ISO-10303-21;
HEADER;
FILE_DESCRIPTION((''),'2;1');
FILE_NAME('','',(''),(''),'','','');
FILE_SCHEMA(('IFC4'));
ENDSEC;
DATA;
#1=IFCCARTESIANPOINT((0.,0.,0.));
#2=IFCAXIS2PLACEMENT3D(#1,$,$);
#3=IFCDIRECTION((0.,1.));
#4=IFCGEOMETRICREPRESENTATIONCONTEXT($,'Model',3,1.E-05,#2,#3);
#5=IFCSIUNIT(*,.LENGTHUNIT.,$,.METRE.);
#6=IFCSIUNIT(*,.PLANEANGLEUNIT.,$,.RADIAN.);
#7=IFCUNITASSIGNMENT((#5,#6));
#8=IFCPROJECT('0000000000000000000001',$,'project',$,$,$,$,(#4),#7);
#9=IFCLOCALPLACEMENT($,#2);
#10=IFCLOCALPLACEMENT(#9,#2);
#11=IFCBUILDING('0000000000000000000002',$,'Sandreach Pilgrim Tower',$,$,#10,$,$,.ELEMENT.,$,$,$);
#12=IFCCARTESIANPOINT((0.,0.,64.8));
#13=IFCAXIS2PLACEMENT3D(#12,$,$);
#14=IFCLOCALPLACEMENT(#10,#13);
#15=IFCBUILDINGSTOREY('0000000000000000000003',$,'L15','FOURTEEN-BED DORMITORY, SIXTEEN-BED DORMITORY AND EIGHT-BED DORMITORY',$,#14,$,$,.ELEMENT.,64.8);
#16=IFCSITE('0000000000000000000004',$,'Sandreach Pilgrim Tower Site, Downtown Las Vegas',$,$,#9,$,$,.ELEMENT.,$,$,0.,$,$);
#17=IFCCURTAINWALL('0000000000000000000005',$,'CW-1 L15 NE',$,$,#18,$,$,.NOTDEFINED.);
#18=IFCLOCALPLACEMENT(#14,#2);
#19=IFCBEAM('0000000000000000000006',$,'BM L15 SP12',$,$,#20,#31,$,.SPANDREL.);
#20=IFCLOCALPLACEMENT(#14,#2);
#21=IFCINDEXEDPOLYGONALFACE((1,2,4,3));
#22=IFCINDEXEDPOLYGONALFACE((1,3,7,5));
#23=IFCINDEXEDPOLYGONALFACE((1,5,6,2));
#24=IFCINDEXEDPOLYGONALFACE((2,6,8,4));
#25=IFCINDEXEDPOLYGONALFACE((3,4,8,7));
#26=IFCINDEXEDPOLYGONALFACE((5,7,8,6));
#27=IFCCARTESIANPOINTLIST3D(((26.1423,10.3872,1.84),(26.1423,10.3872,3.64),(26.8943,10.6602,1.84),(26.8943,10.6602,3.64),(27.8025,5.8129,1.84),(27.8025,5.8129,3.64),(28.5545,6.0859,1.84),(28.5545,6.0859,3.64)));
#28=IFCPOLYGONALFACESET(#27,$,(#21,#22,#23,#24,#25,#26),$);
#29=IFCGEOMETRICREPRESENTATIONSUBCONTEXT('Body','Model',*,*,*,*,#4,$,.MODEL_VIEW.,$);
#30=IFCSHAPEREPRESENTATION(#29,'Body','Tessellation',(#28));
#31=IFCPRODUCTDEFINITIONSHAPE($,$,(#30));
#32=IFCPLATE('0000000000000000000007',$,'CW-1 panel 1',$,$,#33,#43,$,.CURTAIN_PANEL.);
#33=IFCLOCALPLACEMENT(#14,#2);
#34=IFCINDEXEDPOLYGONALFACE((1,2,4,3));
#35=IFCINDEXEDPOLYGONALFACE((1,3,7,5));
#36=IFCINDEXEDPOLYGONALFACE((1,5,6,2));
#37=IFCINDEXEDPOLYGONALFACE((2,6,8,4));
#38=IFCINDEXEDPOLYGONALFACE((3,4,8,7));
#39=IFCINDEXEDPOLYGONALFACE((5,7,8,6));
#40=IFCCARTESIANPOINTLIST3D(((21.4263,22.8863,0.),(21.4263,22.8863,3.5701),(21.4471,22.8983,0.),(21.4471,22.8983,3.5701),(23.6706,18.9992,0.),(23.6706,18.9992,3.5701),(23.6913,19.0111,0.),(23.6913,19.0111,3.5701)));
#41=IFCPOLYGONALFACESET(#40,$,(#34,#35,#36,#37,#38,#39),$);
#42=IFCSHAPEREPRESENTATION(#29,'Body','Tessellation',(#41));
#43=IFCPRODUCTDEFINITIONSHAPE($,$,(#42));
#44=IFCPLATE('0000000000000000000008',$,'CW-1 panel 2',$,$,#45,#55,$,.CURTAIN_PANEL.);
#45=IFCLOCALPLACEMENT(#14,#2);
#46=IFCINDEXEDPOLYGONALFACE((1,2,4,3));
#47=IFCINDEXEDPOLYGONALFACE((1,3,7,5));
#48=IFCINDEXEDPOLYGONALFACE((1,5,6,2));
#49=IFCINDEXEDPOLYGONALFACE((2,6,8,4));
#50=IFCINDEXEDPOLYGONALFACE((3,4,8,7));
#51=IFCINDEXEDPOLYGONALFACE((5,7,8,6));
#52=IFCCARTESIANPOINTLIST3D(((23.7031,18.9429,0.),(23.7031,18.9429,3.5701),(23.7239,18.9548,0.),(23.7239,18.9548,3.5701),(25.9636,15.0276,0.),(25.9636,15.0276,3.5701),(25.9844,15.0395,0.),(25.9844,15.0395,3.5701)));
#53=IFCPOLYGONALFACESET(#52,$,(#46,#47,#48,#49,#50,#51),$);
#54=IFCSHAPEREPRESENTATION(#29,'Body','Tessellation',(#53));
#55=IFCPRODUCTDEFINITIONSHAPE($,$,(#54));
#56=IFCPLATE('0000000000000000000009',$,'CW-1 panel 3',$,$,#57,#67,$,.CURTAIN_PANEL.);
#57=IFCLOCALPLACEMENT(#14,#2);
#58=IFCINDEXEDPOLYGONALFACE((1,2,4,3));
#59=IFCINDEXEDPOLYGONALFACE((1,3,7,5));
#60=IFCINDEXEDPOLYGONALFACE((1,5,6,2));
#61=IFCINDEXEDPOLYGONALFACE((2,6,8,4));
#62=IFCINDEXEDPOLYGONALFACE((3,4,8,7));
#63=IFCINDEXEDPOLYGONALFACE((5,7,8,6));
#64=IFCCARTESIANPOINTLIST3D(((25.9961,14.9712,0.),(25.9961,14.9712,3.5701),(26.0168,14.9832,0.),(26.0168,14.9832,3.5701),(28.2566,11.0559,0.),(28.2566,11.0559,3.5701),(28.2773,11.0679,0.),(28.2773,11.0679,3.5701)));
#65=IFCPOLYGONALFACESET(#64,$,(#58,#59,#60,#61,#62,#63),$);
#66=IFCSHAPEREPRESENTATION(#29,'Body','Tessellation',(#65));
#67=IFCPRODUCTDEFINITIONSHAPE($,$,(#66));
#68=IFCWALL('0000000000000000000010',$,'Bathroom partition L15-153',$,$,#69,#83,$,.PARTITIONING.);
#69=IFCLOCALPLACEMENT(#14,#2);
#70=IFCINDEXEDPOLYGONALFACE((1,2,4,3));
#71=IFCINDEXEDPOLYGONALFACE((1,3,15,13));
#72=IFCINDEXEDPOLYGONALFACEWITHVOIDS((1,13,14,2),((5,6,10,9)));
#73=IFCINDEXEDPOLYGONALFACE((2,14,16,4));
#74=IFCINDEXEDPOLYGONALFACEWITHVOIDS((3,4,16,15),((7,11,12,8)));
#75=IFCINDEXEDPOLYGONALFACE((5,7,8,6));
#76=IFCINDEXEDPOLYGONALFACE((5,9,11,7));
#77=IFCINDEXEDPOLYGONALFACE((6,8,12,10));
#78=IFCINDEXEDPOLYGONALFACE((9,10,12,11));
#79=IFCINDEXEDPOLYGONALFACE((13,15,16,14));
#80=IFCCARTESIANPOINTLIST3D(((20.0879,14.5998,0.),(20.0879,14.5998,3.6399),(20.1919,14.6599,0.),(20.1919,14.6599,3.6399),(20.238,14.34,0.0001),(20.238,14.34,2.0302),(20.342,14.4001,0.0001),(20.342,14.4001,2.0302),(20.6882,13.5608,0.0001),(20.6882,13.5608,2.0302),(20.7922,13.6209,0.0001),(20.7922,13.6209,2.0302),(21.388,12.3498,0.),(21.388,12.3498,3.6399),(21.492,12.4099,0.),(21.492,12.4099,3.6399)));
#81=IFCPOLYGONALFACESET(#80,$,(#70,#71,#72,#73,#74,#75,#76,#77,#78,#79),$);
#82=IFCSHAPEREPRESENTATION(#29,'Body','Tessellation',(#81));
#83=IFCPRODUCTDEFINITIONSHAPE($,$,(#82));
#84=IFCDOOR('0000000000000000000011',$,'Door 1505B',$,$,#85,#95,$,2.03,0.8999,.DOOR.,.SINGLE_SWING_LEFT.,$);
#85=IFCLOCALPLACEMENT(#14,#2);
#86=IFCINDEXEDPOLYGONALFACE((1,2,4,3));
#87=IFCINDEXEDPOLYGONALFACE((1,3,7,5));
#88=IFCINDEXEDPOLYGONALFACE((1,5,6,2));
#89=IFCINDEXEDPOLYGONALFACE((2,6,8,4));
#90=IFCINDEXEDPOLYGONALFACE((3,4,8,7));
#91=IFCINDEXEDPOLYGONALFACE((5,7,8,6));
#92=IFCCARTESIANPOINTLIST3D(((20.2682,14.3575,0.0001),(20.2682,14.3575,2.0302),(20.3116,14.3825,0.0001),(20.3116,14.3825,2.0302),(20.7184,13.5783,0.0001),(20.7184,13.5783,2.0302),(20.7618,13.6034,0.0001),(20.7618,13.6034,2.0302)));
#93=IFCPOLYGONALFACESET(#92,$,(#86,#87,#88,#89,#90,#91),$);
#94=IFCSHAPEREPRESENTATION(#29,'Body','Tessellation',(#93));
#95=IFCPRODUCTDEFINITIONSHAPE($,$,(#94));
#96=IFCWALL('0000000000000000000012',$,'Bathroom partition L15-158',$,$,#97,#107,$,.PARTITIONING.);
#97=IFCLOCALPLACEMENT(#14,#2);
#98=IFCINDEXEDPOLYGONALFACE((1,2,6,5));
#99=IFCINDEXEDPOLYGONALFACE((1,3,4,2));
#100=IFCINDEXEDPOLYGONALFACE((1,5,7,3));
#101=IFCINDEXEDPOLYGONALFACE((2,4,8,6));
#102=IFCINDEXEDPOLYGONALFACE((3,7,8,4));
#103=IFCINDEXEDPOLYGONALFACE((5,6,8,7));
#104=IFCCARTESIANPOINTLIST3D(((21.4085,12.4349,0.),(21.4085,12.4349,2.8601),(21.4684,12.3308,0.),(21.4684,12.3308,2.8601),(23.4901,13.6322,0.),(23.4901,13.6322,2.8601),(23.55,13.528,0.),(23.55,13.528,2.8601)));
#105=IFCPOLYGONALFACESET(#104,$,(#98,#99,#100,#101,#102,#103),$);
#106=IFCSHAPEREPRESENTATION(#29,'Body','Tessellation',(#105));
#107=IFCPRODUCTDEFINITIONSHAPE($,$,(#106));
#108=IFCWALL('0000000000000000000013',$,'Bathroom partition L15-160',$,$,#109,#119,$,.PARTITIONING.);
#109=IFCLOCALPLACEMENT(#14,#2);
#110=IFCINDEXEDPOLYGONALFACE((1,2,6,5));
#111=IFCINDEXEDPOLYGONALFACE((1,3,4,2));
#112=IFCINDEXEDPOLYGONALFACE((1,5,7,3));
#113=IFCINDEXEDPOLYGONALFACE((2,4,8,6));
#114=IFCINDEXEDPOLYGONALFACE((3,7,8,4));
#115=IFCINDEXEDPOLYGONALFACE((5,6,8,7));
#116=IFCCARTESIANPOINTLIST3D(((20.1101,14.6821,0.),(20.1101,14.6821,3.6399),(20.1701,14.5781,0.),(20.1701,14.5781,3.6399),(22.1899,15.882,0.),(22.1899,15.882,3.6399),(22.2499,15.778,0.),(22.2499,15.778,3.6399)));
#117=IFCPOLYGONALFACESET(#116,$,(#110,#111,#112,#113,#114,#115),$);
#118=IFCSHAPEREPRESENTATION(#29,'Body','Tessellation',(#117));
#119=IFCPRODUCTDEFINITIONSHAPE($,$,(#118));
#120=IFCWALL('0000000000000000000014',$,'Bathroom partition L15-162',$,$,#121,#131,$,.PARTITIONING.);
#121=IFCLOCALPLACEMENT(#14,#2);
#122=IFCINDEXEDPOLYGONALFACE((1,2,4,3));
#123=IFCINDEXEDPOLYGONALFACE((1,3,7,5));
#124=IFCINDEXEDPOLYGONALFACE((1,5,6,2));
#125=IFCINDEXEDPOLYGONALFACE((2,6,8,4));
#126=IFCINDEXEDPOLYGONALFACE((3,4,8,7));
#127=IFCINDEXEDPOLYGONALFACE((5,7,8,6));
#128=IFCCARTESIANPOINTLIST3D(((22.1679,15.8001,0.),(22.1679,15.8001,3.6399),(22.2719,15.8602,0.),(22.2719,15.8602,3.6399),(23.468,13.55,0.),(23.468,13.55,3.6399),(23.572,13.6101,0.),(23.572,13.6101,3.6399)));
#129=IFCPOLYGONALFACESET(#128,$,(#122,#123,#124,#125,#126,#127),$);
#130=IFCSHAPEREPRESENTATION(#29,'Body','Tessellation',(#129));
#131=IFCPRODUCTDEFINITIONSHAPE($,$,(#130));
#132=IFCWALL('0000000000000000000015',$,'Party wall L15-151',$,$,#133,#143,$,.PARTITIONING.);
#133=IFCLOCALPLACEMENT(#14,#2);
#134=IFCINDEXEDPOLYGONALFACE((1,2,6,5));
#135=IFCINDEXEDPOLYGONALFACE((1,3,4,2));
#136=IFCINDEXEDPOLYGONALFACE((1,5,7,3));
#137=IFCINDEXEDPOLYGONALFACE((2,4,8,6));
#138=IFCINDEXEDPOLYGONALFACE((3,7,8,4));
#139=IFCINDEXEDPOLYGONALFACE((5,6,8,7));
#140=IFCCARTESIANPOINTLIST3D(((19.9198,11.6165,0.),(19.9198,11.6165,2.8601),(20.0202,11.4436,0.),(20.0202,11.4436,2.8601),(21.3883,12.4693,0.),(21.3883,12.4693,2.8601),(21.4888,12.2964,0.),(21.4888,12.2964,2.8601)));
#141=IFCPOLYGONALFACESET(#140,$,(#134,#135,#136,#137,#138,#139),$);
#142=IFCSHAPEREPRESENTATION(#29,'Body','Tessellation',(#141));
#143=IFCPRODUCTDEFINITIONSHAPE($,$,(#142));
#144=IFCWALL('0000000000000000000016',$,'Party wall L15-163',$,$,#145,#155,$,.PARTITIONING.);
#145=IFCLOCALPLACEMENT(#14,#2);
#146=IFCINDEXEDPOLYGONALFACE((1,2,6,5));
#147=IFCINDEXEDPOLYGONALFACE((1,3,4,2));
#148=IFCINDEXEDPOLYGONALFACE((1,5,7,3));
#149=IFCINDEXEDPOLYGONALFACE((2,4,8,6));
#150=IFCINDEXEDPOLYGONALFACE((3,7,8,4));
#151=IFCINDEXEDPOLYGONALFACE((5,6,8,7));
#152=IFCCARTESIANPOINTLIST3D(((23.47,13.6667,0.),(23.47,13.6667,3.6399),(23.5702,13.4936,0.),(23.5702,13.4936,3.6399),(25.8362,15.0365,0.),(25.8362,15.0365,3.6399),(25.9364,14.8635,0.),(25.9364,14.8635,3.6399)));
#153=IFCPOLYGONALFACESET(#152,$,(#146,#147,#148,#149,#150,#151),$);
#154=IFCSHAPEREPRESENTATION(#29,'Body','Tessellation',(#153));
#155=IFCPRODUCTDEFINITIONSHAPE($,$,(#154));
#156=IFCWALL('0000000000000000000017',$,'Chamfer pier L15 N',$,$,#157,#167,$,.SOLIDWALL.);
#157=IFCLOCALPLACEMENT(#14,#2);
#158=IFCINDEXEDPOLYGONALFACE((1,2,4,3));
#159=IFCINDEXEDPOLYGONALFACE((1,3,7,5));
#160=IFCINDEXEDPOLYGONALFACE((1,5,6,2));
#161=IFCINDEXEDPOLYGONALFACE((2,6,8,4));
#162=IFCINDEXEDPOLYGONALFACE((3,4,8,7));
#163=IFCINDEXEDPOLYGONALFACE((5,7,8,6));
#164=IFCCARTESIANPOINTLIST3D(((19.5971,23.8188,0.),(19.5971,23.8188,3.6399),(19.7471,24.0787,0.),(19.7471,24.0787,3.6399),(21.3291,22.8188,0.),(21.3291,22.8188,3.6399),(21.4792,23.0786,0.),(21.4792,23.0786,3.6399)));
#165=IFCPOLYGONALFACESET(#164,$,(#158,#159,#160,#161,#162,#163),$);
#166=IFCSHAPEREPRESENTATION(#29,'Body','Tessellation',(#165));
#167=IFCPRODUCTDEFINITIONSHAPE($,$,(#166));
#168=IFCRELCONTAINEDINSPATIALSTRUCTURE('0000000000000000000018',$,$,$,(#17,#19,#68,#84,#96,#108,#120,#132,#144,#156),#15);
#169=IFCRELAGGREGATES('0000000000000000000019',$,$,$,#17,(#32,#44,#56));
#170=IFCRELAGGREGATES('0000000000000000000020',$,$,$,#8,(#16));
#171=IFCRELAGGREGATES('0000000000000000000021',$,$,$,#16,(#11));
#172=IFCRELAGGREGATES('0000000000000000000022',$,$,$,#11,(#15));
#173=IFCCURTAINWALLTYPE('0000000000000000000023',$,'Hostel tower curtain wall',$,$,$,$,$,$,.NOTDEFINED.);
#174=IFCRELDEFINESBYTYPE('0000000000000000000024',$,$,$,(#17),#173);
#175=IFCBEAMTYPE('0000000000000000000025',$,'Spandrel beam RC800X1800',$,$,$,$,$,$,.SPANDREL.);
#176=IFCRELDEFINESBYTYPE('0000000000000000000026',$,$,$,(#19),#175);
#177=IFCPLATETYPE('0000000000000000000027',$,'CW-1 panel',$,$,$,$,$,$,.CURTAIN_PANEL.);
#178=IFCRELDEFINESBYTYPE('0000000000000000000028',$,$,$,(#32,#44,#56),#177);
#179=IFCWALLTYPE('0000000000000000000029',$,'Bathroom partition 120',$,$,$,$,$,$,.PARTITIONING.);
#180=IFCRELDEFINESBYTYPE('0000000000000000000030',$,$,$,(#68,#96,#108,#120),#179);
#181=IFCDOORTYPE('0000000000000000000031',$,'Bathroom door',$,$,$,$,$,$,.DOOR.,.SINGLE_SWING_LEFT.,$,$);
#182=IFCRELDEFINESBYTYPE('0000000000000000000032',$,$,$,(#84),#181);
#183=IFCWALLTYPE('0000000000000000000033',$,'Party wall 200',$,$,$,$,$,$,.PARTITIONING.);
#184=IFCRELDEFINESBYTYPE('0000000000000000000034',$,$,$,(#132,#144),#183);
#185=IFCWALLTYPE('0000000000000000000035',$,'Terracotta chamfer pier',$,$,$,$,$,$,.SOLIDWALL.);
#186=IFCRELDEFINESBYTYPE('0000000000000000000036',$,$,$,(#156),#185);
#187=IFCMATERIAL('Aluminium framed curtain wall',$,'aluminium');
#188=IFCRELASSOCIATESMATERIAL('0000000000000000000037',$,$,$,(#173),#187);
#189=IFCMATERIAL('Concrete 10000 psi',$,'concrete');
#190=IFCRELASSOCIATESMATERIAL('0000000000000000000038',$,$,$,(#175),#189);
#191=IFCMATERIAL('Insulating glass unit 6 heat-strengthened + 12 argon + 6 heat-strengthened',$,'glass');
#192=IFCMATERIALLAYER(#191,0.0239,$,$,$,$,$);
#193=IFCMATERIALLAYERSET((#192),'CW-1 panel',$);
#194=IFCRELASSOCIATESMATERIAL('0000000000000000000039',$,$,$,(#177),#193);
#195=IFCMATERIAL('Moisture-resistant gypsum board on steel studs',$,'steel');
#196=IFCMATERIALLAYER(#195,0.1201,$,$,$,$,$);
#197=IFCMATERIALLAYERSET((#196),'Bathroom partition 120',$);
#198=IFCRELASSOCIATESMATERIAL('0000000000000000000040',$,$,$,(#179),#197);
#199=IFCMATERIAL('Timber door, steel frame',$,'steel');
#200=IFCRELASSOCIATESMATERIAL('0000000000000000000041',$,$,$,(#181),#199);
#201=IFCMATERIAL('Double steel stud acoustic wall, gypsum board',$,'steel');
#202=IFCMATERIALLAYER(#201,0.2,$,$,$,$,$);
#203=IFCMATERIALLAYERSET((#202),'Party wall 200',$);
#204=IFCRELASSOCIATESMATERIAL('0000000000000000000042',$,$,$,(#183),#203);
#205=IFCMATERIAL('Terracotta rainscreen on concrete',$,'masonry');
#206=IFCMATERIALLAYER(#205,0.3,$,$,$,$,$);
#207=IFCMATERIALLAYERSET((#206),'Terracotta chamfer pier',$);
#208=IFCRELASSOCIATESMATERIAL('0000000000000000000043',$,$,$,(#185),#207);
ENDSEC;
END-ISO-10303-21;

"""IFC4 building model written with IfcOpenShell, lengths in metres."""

from ifc_helpers import new_model, si_unit, direction, frame, frame_2d, origin, origin_2d, place, context, subcontext, project, spatial, rectangle, extrude, material, layer, layer_set, material_profile, profile_set, type_object, element, fill, aggregate, save


model = new_model("IFC4")

# Units and contexts
model_context = context("Model", 3, precision=1e-05, world=origin(), true_north=direction((0.0, 1.0)))
body_context = subcontext(model_context, "Body", "Model", "MODEL_VIEW")
ifc_project = project(units=[si_unit("LENGTHUNIT", "METRE"), si_unit("PLANEANGLEUNIT", "RADIAN")], contexts=[model_context])

# Site, building, storey
site_placement = place(None, origin())
site = spatial("IfcSite", under=ifc_project, at=site_placement, Name="Sandreach Pilgrim Tower Site, Downtown Las Vegas", CompositionType="ELEMENT", RefElevation=0.0)
building_placement = place(site_placement, origin())
building = spatial("IfcBuilding", under=site, at=building_placement, Name="Sandreach Pilgrim Tower", CompositionType="ELEMENT")
storey_placement = place(building_placement, frame((0.0, 0.0, 64.8)))
storey = spatial("IfcBuildingStorey", under=building, at=storey_placement, Name="L15", Description="FOURTEEN-BED DORMITORY, SIXTEEN-BED DORMITORY AND EIGHT-BED DORMITORY", CompositionType="ELEMENT", Elevation=64.8)

# Shared definitions
ifc_material_1 = material(Name="Aluminium framed curtain wall", Category="aluminium")
curtain_wall_type = type_object("IfcCurtainWallType", Name="Hostel tower curtain wall", PredefinedType="NOTDEFINED", material=ifc_material_1)

# Curtain wall
curtain_wall_1_placement = place(storey_placement, origin())
curtain_wall_1 = element("IfcCurtainWall", 1, at=curtain_wall_1_placement, inside=storey, type_object=curtain_wall_type, Name="CW-1 L15 NE", PredefinedType="NOTDEFINED")

# Beam
ifc_material_2 = material(Name="Concrete 10000 psi", Category="concrete")
ifc_material_profile_1 = material_profile(ifc_material_2, rectangle(XDim=0.8, YDim=1.8, at=origin_2d()), Name="RC800X1800")
ifc_profile_set_1 = profile_set([ifc_material_profile_1], Name="Concrete 10000 psi")
beam_type_1 = type_object("IfcBeamType", Name="Spandrel beam RC800X1800", PredefinedType="SPANDREL", material=ifc_profile_set_1)
beam_1_placement = place(storey_placement, frame((26.5183, 10.5237, 2.74), z_axis=(0.341163, -0.940004, 0.0), x_axis=(0.940004, 0.341163, 0.0)))
element("IfcBeam", 2, at=beam_1_placement, inside=storey, type_object=beam_type_1, Name="BM L15 SP12", PredefinedType="SPANDREL", context=body_context, shape_type="SweptSolid", body=[
    extrude(rectangle(XDim=0.8, YDim=1.8, at=origin_2d()), origin(), (0.0, 0.0, 1.0), 4.8662),
])

# Plates
ifc_material_3 = material(Name="Insulating glass unit 6 heat-strengthened + 12 argon + 6 heat-strengthened", Category="glass")
ifc_layer_1 = layer(ifc_material_3, 0.0239)
ifc_layer_set_1 = layer_set([ifc_layer_1], Name="CW-1 panel")
plate_type = type_object("IfcPlateType", Name="CW-1 panel", PredefinedType="CURTAIN_PANEL", material=ifc_layer_set_1)
plate_1_placement = place(storey_placement, frame((22.5588, 20.9487, 0.0), z_axis=(0.0, 0.0, 1.0), x_axis=(0.5, -0.866025, 0.0)))
plate_1 = element("IfcPlate", 3, at=plate_1_placement, type_object=plate_type, Name="CW-1 panel 1", PredefinedType="CURTAIN_PANEL", context=body_context, shape_type="SweptSolid", body=[
    extrude(rectangle(XDim=4.4885, YDim=0.0239, at=origin_2d()), origin(), (0.0, 0.0, 1.0), 3.5701),
])
plate_2_placement = place(storey_placement, frame((24.8438, 16.9912, 0.0), z_axis=(0.0, 0.0, 1.0), x_axis=(0.5, -0.866025, 0.0)))
plate_2 = element("IfcPlate", 4, at=plate_2_placement, type_object=plate_type, Name="CW-1 panel 2", PredefinedType="CURTAIN_PANEL", context=body_context, shape_type="SweptSolid", body=[
    extrude(rectangle(XDim=4.521, YDim=0.0239, at=origin_2d()), origin(), (0.0, 0.0, 1.0), 3.5701),
])
plate_3_placement = place(storey_placement, frame((27.1367, 13.0195, 0.0), z_axis=(0.0, 0.0, 1.0), x_axis=(0.5, -0.866025, 0.0)))
plate_3 = element("IfcPlate", 5, at=plate_3_placement, type_object=plate_type, Name="CW-1 panel 3", PredefinedType="CURTAIN_PANEL", context=body_context, shape_type="SweptSolid", body=[
    extrude(rectangle(XDim=4.521, YDim=0.0239, at=origin_2d()), origin(), (0.0, 0.0, 1.0), 3.5701),
])
aggregate(curtain_wall_1, [plate_1, plate_2, plate_3])

# Wall, opening, door
ifc_material_4 = material(Name="Moisture-resistant gypsum board on steel studs", Category="steel")
ifc_layer_2 = layer(ifc_material_4, 0.1201)
ifc_layer_set_2 = layer_set([ifc_layer_2], Name="Bathroom partition 120")
wall_type_1 = type_object("IfcWallType", Name="Bathroom partition 120", PredefinedType="PARTITIONING", material=ifc_layer_set_2)
wall_1_placement = place(storey_placement, frame((20.1399, 14.6299, 0.0), z_axis=(0.0, 0.0, 1.0), x_axis=(0.500292, -0.865857, 0.0)))
wall_1 = element("IfcWall", 6, at=wall_1_placement, inside=storey, type_object=wall_type_1, Name="Bathroom partition L15-153", PredefinedType="PARTITIONING", context=body_context, shape_type="SweptSolid", body=[
    extrude(rectangle(XDim=2.5986, YDim=0.1201, at=frame_2d((1.2993, 0.0))), origin(), (0.0, 0.0, 1.0), 3.6399),
])
opening_placement = place(wall_1_placement, frame((0.3, 0.0, 0.0)))
opening = element("IfcOpeningElement", 7, at=opening_placement, cuts=wall_1, PredefinedType="OPENING", context=body_context, shape_type="SweptSolid", body=[
    extrude(rectangle(XDim=0.8999, YDim=2.03, at=frame_2d((0.45, 1.0151))), frame((0.0, 0.0601, 0.0), z_axis=(0.0, -1.0, 0.0), x_axis=(1.0, 0.0, 0.0)), (0.0, 0.0, 1.0), 0.1201),
])
ifc_material_5 = material(Name="Timber door, steel frame", Category="steel")
door_type = type_object("IfcDoorType", Name="Bathroom door", OperationType="SINGLE_SWING_LEFT", PredefinedType="DOOR", material=ifc_material_5)
door_placement = place(opening_placement, origin())
door = element("IfcDoor", 8, at=door_placement, inside=storey, type_object=door_type, Name="Door 1505B", OperationType="SINGLE_SWING_LEFT", OverallHeight=2.03, OverallWidth=0.8999, PredefinedType="DOOR", context=body_context, shape_type="SweptSolid", body=[
    extrude(rectangle(XDim=0.8999, YDim=2.03, at=frame_2d((0.45, 1.0151))), frame((0.0, 0.0249, 0.0), z_axis=(0.0, -1.0, 0.0), x_axis=(1.0, 0.0, 0.0)), (0.0, 0.0, 1.0), 0.05),
])
fill(opening, door)

# Walls
wall_2_placement = place(storey_placement, frame((21.4385, 12.3828, 0.0), z_axis=(0.0, 0.0, 1.0), x_axis=(0.866838, 0.49859, 0.0)))
element("IfcWall", 9, at=wall_2_placement, inside=storey, type_object=wall_type_1, Name="Bathroom partition L15-158", PredefinedType="PARTITIONING", context=body_context, shape_type="SweptSolid", body=[
    extrude(rectangle(XDim=2.4014, YDim=0.1201, at=frame_2d((1.2007, 0.0))), origin(), (0.0, 0.0, 1.0), 2.8601),
])
wall_3_placement = place(storey_placement, frame((22.22, 15.8301, 0.0), z_axis=(0.0, 0.0, 1.0), x_axis=(-0.866177, -0.499737, 0.0)))
element("IfcWall", 10, at=wall_3_placement, inside=storey, type_object=wall_type_1, Name="Bathroom partition L15-160", PredefinedType="PARTITIONING", context=body_context, shape_type="SweptSolid", body=[
    extrude(rectangle(XDim=2.4011, YDim=0.1201, at=frame_2d((1.2007, 0.0))), origin(), (0.0, 0.0, 1.0), 3.6399),
])
wall_4_placement = place(storey_placement, frame((23.52, 13.5801, 0.0), z_axis=(0.0, 0.0, 1.0), x_axis=(-0.500292, 0.865857, 0.0)))
element("IfcWall", 11, at=wall_4_placement, inside=storey, type_object=wall_type_1, Name="Bathroom partition L15-162", PredefinedType="PARTITIONING", context=body_context, shape_type="SweptSolid", body=[
    extrude(rectangle(XDim=2.5986, YDim=0.1201, at=frame_2d((1.2993, 0.0))), origin(), (0.0, 0.0, 1.0), 3.6399),
])
ifc_material_6 = material(Name="Double steel stud acoustic wall, gypsum board", Category="steel")
ifc_layer_3 = layer(ifc_material_6, 0.2)
ifc_layer_set_3 = layer_set([ifc_layer_3], Name="Party wall 200")
wall_type_2 = type_object("IfcWallType", Name="Party wall 200", PredefinedType="PARTITIONING", material=ifc_layer_set_3)
wall_5_placement = place(storey_placement, frame((19.97, 11.53, 0.0), z_axis=(0.0, 0.0, 1.0), x_axis=(0.864763, 0.502181, 0.0)))
element("IfcWall", 12, at=wall_5_placement, inside=storey, type_object=wall_type_2, Name="Party wall L15-151", PredefinedType="PARTITIONING", context=body_context, shape_type="SweptSolid", body=[
    extrude(rectangle(XDim=1.6982, YDim=0.2, at=frame_2d((0.8491, 0.0))), origin(), (0.0, 0.0, 1.0), 2.8601),
])
wall_6_placement = place(storey_placement, frame((23.52, 13.5801, 0.0), z_axis=(0.0, 0.0, 1.0), x_axis=(0.865432, 0.501026, 0.0)))
element("IfcWall", 13, at=wall_6_placement, inside=storey, type_object=wall_type_2, Name="Party wall L15-163", PredefinedType="PARTITIONING", context=body_context, shape_type="SweptSolid", body=[
    extrude(rectangle(XDim=2.7341, YDim=0.2, at=frame_2d((1.3672, 0.0))), origin(), (0.0, 0.0, 1.0), 3.6399),
])
ifc_material_7 = material(Name="Terracotta rainscreen on concrete", Category="masonry")
ifc_layer_4 = layer(ifc_material_7, 0.3)
ifc_layer_set_4 = layer_set([ifc_layer_4], Name="Terracotta chamfer pier")
wall_type_3 = type_object("IfcWallType", Name="Terracotta chamfer pier", PredefinedType="SOLIDWALL", material=ifc_layer_set_4)
wall_7_placement = place(storey_placement, frame((19.6721, 23.9487, 0.0), z_axis=(0.0, 0.0, 1.0), x_axis=(0.866011, -0.500025, 0.0)))
element("IfcWall", 14, at=wall_7_placement, inside=storey, type_object=wall_type_3, Name="Chamfer pier L15 N", PredefinedType="SOLIDWALL", context=body_context, shape_type="SweptSolid", body=[
    extrude(rectangle(XDim=2.0, YDim=0.3, at=frame_2d((1.0, 0.0))), origin(), (0.0, 0.0, 1.0), 3.6399),
])

save(model, "model.ifc")
